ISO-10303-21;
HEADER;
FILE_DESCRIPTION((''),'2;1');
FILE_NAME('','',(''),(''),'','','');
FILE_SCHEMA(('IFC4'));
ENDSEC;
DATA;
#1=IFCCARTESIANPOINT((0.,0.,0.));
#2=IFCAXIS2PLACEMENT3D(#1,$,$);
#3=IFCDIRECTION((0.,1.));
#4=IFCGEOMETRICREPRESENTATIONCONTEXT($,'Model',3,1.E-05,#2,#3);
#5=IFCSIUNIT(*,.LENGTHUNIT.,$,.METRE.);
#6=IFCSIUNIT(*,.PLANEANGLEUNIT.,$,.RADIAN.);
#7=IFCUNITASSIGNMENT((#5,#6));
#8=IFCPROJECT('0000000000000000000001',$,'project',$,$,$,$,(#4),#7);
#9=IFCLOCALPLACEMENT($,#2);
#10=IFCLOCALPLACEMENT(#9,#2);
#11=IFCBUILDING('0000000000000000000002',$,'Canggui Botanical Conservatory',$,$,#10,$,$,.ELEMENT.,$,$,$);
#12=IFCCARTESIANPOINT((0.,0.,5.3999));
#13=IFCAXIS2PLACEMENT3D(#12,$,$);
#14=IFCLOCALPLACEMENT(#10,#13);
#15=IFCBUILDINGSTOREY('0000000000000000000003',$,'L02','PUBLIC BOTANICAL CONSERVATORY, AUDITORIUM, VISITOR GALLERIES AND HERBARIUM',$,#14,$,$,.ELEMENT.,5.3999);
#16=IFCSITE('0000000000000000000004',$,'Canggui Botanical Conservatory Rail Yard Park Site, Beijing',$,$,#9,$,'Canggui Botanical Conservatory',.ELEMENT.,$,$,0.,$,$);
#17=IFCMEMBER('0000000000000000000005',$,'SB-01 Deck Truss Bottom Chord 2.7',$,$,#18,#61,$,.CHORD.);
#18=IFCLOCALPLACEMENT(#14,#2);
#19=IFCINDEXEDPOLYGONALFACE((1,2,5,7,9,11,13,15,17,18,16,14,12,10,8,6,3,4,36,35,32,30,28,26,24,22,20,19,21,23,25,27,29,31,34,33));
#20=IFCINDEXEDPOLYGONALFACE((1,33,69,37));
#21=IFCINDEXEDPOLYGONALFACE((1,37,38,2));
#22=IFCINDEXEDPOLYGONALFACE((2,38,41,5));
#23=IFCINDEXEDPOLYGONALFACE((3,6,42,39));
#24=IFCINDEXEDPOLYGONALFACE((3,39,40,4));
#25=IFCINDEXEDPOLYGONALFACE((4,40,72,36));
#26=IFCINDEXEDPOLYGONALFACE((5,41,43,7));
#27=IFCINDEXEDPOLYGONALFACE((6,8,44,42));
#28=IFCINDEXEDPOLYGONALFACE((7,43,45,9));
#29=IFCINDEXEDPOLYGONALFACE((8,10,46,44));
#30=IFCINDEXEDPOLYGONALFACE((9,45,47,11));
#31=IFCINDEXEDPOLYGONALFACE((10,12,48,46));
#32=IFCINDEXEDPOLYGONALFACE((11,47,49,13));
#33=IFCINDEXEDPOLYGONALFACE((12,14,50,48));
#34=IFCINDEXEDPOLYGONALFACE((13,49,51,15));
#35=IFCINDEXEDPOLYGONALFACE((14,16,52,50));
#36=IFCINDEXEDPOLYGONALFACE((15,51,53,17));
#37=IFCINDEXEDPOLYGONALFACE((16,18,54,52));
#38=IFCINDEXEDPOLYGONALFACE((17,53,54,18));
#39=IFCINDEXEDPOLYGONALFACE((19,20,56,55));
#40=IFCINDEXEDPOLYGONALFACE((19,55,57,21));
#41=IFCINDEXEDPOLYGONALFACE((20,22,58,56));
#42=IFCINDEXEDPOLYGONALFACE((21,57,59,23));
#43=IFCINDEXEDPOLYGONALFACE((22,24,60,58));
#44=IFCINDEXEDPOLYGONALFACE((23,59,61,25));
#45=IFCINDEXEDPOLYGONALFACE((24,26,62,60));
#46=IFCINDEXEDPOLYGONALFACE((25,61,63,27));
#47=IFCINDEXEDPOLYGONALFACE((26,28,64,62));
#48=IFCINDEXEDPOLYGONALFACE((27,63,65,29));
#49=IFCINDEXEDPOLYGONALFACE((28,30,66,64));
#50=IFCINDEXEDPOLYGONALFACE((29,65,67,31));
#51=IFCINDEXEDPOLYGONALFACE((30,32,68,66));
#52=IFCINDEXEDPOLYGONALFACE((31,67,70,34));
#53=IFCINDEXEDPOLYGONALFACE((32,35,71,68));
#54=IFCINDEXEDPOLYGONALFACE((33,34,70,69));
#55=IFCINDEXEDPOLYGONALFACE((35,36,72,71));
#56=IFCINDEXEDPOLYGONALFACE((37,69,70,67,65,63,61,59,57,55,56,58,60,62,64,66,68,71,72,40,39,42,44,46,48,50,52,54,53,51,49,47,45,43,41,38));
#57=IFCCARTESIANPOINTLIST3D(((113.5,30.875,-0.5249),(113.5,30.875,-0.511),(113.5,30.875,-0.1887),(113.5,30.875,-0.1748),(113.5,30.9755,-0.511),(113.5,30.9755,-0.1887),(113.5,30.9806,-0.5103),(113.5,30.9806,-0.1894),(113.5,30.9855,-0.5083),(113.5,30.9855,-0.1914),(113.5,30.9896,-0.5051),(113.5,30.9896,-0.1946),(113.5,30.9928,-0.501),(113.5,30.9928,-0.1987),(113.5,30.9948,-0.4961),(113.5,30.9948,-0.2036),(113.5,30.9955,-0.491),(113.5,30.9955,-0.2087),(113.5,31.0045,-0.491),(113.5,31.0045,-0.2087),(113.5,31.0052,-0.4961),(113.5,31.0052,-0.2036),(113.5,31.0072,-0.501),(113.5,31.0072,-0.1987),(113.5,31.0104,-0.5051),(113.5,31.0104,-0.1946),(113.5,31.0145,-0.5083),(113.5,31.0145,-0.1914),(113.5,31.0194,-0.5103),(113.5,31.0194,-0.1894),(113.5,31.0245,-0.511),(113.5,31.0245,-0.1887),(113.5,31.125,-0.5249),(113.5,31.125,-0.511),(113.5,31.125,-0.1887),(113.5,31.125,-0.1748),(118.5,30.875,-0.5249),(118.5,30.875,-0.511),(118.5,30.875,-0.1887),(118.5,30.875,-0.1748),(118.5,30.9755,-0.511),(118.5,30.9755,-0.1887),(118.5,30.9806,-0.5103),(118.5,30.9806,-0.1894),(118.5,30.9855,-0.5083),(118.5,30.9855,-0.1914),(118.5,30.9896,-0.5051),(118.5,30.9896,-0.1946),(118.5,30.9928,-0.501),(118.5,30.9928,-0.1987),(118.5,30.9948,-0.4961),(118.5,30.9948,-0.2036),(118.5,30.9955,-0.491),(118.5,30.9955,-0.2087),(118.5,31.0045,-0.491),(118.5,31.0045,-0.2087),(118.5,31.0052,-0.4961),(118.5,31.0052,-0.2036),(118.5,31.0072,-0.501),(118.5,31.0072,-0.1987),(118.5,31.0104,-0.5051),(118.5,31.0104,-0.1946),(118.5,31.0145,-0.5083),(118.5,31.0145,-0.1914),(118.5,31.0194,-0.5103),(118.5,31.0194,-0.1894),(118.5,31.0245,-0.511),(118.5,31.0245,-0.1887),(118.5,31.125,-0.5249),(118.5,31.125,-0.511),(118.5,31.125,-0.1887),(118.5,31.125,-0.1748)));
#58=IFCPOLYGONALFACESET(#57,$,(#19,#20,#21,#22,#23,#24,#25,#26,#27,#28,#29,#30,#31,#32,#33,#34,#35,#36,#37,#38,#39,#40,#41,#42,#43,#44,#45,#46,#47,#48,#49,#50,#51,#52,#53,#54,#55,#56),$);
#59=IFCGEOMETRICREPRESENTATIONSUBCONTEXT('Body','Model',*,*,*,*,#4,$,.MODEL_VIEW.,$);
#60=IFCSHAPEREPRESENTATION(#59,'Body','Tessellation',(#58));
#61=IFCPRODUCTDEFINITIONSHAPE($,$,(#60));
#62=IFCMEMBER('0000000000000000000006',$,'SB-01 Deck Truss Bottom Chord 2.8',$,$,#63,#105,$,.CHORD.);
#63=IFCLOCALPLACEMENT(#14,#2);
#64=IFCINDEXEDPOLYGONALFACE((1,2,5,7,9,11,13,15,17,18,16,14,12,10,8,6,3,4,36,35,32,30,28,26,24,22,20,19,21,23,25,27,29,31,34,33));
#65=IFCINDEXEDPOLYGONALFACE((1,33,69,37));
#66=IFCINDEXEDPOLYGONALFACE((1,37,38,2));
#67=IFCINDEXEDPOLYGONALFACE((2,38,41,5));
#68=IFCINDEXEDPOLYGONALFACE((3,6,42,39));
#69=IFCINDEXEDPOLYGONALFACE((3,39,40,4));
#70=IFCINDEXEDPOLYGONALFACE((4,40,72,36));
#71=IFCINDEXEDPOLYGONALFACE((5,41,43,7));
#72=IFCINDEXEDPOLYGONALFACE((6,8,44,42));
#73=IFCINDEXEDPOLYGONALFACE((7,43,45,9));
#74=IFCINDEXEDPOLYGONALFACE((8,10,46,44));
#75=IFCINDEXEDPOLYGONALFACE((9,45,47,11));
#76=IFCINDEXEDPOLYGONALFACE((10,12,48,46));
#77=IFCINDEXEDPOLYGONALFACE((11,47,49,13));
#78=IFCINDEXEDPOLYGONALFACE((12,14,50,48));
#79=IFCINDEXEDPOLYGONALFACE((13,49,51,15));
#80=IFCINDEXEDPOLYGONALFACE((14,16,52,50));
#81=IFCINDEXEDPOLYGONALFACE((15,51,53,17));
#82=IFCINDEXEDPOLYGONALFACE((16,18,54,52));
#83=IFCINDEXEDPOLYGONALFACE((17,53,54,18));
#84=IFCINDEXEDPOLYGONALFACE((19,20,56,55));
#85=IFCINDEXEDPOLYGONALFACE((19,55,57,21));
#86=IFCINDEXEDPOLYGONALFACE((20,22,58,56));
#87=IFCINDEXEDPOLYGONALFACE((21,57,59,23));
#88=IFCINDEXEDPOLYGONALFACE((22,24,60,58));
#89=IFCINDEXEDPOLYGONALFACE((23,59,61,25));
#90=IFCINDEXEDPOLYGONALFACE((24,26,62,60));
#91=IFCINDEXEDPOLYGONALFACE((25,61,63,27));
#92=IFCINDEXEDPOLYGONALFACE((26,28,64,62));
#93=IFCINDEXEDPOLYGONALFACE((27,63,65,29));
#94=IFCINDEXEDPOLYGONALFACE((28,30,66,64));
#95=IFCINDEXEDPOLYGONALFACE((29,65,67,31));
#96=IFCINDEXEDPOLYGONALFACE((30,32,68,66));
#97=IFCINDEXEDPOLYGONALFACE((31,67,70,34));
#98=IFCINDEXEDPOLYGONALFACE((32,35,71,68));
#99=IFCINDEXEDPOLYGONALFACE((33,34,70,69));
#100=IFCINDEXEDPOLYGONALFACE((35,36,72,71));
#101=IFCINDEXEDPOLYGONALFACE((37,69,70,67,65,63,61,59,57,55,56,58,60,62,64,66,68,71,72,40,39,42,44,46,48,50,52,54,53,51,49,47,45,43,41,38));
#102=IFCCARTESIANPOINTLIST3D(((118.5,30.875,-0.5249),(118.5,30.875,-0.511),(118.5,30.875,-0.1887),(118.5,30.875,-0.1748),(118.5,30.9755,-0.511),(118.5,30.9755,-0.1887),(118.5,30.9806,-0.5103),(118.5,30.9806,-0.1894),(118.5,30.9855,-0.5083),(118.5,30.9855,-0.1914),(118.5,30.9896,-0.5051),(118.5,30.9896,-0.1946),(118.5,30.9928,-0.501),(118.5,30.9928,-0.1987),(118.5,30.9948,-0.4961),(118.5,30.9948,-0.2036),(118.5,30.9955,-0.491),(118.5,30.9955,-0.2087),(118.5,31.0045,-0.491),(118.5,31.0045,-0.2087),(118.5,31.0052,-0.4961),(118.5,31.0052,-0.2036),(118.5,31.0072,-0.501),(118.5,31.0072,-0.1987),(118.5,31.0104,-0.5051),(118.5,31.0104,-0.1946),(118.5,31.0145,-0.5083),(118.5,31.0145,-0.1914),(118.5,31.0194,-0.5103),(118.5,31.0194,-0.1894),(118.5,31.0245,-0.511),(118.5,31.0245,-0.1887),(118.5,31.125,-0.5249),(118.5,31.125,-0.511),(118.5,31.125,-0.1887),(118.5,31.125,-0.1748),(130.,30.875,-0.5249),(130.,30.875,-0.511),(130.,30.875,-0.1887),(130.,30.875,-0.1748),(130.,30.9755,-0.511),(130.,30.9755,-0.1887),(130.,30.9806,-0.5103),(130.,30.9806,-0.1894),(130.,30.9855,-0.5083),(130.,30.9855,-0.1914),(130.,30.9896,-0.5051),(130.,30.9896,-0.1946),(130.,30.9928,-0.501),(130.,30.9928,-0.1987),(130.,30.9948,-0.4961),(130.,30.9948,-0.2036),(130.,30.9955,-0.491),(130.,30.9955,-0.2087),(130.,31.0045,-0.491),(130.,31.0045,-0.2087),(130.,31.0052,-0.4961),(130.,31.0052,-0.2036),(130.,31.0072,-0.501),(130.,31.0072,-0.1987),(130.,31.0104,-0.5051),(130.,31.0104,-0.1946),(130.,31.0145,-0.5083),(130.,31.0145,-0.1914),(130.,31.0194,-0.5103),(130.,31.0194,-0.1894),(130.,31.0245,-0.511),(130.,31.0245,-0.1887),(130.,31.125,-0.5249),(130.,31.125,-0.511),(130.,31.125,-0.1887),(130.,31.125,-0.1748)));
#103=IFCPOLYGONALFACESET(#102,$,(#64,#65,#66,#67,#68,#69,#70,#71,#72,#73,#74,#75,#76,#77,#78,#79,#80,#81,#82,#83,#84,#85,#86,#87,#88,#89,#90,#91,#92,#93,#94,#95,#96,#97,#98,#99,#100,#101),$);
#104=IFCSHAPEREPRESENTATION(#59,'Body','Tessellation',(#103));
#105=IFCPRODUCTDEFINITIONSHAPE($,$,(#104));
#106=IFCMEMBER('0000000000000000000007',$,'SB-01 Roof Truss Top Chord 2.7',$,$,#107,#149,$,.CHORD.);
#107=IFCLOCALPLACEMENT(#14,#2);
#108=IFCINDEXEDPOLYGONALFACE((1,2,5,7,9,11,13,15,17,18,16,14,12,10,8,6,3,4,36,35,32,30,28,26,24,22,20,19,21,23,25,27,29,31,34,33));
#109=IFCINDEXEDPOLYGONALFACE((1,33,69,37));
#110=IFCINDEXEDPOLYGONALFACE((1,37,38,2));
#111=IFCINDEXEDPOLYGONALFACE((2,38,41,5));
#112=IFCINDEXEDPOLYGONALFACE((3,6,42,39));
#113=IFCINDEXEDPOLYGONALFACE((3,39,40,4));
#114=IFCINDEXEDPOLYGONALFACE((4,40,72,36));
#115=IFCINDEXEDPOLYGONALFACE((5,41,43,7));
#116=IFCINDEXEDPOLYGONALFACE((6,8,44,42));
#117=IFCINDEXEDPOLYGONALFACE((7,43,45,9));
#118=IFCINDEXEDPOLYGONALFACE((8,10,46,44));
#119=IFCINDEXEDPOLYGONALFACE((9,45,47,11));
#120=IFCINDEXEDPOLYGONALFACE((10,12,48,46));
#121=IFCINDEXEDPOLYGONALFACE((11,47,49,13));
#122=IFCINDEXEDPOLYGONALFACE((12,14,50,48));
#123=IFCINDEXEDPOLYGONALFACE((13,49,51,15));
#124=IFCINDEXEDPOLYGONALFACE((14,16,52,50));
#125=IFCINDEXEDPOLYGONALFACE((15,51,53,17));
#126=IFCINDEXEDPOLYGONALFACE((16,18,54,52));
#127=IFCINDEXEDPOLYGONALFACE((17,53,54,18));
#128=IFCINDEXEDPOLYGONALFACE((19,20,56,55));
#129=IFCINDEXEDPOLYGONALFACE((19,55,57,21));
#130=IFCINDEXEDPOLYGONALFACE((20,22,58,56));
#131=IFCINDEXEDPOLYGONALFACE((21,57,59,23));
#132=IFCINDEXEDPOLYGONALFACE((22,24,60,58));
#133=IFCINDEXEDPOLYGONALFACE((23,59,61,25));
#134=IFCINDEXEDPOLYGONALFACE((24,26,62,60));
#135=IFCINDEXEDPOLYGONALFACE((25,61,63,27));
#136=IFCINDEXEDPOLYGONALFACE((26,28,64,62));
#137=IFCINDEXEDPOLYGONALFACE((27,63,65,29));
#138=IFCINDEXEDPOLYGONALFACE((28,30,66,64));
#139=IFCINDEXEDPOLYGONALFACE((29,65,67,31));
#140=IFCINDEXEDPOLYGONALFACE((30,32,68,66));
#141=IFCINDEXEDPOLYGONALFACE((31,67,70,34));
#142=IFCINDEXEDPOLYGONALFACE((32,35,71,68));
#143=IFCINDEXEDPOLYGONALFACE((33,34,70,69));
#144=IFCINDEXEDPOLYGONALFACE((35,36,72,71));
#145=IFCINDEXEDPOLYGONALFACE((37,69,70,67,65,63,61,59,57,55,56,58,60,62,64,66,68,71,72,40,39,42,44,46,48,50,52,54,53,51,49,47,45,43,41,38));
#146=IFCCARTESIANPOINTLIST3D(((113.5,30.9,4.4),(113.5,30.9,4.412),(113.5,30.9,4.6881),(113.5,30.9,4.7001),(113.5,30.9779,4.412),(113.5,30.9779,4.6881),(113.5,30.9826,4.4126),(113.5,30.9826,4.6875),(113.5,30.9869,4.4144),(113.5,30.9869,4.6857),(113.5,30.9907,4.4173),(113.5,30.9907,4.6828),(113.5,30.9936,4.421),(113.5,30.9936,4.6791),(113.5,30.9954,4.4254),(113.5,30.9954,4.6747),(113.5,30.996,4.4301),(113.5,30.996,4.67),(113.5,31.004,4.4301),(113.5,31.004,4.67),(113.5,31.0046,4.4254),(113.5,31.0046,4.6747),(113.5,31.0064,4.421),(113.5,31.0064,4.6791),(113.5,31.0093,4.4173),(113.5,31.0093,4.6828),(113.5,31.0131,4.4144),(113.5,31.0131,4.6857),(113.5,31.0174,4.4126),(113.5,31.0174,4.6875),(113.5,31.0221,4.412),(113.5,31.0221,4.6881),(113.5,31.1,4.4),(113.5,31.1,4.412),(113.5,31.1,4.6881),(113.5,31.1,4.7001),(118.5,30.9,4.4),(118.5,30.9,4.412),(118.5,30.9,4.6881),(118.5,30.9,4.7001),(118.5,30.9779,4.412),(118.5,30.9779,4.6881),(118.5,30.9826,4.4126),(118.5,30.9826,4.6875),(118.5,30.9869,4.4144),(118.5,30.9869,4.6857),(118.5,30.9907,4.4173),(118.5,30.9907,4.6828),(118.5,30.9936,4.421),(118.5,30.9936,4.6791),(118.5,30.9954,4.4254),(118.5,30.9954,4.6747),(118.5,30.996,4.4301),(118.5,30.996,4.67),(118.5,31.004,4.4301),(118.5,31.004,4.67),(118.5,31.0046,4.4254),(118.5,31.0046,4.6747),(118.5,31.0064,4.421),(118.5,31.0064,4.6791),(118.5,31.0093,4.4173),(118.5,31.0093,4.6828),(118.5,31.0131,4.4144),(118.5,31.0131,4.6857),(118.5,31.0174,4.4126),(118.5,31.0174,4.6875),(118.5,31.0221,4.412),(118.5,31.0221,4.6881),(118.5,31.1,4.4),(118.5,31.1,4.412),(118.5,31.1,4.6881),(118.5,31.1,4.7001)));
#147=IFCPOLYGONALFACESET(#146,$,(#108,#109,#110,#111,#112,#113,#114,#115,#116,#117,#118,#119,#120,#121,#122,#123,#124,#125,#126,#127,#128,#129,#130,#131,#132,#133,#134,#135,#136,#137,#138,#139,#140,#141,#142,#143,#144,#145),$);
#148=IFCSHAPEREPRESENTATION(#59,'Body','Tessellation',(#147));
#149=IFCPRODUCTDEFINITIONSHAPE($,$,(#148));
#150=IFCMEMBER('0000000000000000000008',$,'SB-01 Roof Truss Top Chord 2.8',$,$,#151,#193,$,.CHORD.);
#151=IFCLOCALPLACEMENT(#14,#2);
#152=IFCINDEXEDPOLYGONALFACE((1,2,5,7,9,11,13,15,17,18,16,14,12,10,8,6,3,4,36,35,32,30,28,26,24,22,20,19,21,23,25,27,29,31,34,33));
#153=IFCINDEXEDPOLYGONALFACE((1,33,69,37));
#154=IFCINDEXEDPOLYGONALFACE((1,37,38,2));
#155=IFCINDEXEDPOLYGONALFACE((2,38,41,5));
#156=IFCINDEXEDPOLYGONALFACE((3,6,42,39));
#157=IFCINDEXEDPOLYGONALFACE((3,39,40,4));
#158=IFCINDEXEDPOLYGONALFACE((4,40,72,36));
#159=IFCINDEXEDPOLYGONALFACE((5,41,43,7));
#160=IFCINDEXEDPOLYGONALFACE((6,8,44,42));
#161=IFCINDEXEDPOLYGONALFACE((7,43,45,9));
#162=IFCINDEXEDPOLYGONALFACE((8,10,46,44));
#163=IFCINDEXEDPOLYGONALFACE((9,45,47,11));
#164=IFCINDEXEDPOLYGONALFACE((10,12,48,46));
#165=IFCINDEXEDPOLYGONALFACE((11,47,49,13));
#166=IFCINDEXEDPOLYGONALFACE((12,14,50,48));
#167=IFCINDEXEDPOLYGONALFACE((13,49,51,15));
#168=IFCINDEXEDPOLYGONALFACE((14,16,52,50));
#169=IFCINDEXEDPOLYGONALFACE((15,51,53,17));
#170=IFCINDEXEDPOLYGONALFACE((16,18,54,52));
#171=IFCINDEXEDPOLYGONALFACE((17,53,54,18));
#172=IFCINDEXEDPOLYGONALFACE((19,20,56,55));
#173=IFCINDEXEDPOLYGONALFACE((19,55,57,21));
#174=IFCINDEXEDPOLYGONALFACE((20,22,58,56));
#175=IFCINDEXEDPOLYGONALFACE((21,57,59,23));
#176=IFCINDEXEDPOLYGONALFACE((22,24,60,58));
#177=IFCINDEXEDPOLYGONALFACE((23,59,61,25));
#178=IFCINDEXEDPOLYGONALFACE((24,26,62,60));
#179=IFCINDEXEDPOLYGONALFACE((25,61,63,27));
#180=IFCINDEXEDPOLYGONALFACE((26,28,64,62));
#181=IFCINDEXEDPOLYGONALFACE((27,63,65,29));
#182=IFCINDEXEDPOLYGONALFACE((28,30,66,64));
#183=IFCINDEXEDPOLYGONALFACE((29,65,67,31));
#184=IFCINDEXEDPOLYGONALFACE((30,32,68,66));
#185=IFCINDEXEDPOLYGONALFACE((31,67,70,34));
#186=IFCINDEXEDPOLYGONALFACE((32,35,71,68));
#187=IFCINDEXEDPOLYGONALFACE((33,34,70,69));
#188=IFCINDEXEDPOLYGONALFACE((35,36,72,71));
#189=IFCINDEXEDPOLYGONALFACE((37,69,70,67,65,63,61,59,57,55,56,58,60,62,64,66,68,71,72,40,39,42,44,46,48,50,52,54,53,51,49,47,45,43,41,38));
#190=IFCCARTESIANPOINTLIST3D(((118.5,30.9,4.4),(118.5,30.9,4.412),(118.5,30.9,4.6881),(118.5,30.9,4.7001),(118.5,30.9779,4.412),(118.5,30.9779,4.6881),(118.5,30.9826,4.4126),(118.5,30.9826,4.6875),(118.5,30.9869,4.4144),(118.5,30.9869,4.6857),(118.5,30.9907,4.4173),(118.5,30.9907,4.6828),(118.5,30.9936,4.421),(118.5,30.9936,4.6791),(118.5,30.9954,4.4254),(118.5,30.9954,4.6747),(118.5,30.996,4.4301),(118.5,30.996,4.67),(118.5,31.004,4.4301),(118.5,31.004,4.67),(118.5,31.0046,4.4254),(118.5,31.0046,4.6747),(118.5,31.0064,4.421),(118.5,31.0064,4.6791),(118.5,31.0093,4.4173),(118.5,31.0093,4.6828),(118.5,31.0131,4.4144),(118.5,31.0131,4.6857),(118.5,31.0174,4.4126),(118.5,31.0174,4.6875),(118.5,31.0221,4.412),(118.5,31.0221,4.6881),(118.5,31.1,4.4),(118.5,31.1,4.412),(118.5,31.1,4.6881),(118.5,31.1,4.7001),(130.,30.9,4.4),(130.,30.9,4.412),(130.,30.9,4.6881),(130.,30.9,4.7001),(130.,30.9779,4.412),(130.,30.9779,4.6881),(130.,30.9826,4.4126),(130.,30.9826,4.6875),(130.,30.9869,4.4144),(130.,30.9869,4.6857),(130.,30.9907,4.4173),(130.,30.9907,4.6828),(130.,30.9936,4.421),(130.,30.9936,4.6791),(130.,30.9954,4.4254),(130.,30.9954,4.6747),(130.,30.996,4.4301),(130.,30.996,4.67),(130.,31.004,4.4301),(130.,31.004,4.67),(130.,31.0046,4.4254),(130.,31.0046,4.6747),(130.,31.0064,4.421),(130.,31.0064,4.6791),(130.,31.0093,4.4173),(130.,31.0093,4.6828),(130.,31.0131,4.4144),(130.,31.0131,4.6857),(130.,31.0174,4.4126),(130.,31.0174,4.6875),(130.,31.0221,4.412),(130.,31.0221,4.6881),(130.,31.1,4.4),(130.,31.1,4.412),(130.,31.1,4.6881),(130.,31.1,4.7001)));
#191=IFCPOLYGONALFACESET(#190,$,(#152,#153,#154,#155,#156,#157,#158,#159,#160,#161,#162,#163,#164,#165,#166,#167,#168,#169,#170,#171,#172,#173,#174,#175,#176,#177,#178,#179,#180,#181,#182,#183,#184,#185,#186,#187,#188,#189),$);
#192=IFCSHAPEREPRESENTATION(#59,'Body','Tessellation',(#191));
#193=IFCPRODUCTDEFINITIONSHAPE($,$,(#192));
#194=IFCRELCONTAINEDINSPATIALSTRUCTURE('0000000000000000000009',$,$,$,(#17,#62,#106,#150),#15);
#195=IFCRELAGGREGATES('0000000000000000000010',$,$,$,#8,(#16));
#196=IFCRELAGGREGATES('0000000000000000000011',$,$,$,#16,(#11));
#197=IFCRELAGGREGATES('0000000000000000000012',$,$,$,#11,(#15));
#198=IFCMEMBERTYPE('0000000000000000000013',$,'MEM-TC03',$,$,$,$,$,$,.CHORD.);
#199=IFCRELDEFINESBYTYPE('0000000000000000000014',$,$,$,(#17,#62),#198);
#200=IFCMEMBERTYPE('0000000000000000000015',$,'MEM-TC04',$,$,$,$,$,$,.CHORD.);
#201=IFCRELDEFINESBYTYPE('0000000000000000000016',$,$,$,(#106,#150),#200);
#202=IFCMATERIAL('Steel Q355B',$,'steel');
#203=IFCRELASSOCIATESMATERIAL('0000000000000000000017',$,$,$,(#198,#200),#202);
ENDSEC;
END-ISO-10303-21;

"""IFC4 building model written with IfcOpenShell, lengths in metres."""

from ifc_helpers import new_model, si_unit, direction, frame, origin, origin_2d, place, context, subcontext, project, spatial, i_section, extrude, material, material_profile, profile_set, type_object, element, save


model = new_model("IFC4")

# Units and contexts
model_context = context("Model", 3, precision=1e-05, world=origin(), true_north=direction((0.0, 1.0)))
body_context = subcontext(model_context, "Body", "Model", "MODEL_VIEW")
ifc_project = project(units=[si_unit("LENGTHUNIT", "METRE"), si_unit("PLANEANGLEUNIT", "RADIAN")], contexts=[model_context])

# Site, building, storey
site_placement = place(None, origin())
site = spatial("IfcSite", under=ifc_project, at=site_placement, Name="Canggui Botanical Conservatory Rail Yard Park Site, Beijing", LongName="Canggui Botanical Conservatory", CompositionType="ELEMENT", RefElevation=0.0)
building_placement = place(site_placement, origin())
building = spatial("IfcBuilding", under=site, at=building_placement, Name="Canggui Botanical Conservatory", CompositionType="ELEMENT")
storey_placement = place(building_placement, frame((0.0, 0.0, 5.3999)))
storey = spatial("IfcBuildingStorey", under=building, at=storey_placement, Name="L02", Description="PUBLIC BOTANICAL CONSERVATORY, AUDITORIUM, VISITOR GALLERIES AND HERBARIUM", CompositionType="ELEMENT", Elevation=5.3999)

# Shared definitions
ifc_material_1 = material(Name="Steel Q355B", Category="steel")

# Members
ifc_material_profile_1 = material_profile(ifc_material_1, i_section(OverallWidth=0.25, OverallDepth=0.3501, WebThickness=0.009, FlangeThickness=0.0139, FilletRadius=0.02, at=origin_2d()), Name="HM 350x250x9x14")
ifc_profile_set_1 = profile_set([ifc_material_profile_1], Name="Steel Q355B")
member_type_1 = type_object("IfcMemberType", Name="MEM-TC03", PredefinedType="CHORD", material=ifc_profile_set_1)
member_1_placement = place(storey_placement, frame((113.5, 31.0, -0.3499), z_axis=(1.0, 0.0, 0.0), x_axis=(0.0, 1.0, 0.0)))
element("IfcMember", 1, at=member_1_placement, inside=storey, type_object=member_type_1, Name="SB-01 Deck Truss Bottom Chord 2.7", PredefinedType="CHORD", context=body_context, shape_type="SweptSolid", body=[
    extrude(i_section(OverallWidth=0.25, OverallDepth=0.3501, WebThickness=0.009, FlangeThickness=0.0139, FilletRadius=0.02, at=origin_2d()), origin(), (0.0, 0.0, 1.0), 5.0),
])
member_2_placement = place(storey_placement, frame((118.5, 31.0, -0.3499), z_axis=(1.0, 0.0, 0.0), x_axis=(0.0, 1.0, 0.0)))
element("IfcMember", 2, at=member_2_placement, inside=storey, type_object=member_type_1, Name="SB-01 Deck Truss Bottom Chord 2.8", PredefinedType="CHORD", context=body_context, shape_type="SweptSolid", body=[
    extrude(i_section(OverallWidth=0.25, OverallDepth=0.3501, WebThickness=0.009, FlangeThickness=0.0139, FilletRadius=0.02, at=origin_2d()), origin(), (0.0, 0.0, 1.0), 11.5),
])
ifc_material_profile_2 = material_profile(ifc_material_1, i_section(OverallWidth=0.2, OverallDepth=0.3, WebThickness=0.0081, FlangeThickness=0.012, FilletRadius=0.0181, at=origin_2d()), Name="HM 300x200x8x12")
ifc_profile_set_2 = profile_set([ifc_material_profile_2], Name="Steel Q355B")
member_type_2 = type_object("IfcMemberType", Name="MEM-TC04", PredefinedType="CHORD", material=ifc_profile_set_2)
member_3_placement = place(storey_placement, frame((113.5, 31.0, 4.55), z_axis=(1.0, 0.0, 0.0), x_axis=(0.0, 1.0, 0.0)))
element("IfcMember", 3, at=member_3_placement, inside=storey, type_object=member_type_2, Name="SB-01 Roof Truss Top Chord 2.7", PredefinedType="CHORD", context=body_context, shape_type="SweptSolid", body=[
    extrude(i_section(OverallWidth=0.2, OverallDepth=0.3, WebThickness=0.0081, FlangeThickness=0.012, FilletRadius=0.0181, at=origin_2d()), origin(), (0.0, 0.0, 1.0), 5.0),
])
member_4_placement = place(storey_placement, frame((118.5, 31.0, 4.55), z_axis=(1.0, 0.0, 0.0), x_axis=(0.0, 1.0, 0.0)))
element("IfcMember", 4, at=member_4_placement, inside=storey, type_object=member_type_2, Name="SB-01 Roof Truss Top Chord 2.8", PredefinedType="CHORD", context=body_context, shape_type="SweptSolid", body=[
    extrude(i_section(OverallWidth=0.2, OverallDepth=0.3, WebThickness=0.0081, FlangeThickness=0.012, FilletRadius=0.0181, at=origin_2d()), origin(), (0.0, 0.0, 1.0), 11.5),
])

save(model, "model.ifc")
